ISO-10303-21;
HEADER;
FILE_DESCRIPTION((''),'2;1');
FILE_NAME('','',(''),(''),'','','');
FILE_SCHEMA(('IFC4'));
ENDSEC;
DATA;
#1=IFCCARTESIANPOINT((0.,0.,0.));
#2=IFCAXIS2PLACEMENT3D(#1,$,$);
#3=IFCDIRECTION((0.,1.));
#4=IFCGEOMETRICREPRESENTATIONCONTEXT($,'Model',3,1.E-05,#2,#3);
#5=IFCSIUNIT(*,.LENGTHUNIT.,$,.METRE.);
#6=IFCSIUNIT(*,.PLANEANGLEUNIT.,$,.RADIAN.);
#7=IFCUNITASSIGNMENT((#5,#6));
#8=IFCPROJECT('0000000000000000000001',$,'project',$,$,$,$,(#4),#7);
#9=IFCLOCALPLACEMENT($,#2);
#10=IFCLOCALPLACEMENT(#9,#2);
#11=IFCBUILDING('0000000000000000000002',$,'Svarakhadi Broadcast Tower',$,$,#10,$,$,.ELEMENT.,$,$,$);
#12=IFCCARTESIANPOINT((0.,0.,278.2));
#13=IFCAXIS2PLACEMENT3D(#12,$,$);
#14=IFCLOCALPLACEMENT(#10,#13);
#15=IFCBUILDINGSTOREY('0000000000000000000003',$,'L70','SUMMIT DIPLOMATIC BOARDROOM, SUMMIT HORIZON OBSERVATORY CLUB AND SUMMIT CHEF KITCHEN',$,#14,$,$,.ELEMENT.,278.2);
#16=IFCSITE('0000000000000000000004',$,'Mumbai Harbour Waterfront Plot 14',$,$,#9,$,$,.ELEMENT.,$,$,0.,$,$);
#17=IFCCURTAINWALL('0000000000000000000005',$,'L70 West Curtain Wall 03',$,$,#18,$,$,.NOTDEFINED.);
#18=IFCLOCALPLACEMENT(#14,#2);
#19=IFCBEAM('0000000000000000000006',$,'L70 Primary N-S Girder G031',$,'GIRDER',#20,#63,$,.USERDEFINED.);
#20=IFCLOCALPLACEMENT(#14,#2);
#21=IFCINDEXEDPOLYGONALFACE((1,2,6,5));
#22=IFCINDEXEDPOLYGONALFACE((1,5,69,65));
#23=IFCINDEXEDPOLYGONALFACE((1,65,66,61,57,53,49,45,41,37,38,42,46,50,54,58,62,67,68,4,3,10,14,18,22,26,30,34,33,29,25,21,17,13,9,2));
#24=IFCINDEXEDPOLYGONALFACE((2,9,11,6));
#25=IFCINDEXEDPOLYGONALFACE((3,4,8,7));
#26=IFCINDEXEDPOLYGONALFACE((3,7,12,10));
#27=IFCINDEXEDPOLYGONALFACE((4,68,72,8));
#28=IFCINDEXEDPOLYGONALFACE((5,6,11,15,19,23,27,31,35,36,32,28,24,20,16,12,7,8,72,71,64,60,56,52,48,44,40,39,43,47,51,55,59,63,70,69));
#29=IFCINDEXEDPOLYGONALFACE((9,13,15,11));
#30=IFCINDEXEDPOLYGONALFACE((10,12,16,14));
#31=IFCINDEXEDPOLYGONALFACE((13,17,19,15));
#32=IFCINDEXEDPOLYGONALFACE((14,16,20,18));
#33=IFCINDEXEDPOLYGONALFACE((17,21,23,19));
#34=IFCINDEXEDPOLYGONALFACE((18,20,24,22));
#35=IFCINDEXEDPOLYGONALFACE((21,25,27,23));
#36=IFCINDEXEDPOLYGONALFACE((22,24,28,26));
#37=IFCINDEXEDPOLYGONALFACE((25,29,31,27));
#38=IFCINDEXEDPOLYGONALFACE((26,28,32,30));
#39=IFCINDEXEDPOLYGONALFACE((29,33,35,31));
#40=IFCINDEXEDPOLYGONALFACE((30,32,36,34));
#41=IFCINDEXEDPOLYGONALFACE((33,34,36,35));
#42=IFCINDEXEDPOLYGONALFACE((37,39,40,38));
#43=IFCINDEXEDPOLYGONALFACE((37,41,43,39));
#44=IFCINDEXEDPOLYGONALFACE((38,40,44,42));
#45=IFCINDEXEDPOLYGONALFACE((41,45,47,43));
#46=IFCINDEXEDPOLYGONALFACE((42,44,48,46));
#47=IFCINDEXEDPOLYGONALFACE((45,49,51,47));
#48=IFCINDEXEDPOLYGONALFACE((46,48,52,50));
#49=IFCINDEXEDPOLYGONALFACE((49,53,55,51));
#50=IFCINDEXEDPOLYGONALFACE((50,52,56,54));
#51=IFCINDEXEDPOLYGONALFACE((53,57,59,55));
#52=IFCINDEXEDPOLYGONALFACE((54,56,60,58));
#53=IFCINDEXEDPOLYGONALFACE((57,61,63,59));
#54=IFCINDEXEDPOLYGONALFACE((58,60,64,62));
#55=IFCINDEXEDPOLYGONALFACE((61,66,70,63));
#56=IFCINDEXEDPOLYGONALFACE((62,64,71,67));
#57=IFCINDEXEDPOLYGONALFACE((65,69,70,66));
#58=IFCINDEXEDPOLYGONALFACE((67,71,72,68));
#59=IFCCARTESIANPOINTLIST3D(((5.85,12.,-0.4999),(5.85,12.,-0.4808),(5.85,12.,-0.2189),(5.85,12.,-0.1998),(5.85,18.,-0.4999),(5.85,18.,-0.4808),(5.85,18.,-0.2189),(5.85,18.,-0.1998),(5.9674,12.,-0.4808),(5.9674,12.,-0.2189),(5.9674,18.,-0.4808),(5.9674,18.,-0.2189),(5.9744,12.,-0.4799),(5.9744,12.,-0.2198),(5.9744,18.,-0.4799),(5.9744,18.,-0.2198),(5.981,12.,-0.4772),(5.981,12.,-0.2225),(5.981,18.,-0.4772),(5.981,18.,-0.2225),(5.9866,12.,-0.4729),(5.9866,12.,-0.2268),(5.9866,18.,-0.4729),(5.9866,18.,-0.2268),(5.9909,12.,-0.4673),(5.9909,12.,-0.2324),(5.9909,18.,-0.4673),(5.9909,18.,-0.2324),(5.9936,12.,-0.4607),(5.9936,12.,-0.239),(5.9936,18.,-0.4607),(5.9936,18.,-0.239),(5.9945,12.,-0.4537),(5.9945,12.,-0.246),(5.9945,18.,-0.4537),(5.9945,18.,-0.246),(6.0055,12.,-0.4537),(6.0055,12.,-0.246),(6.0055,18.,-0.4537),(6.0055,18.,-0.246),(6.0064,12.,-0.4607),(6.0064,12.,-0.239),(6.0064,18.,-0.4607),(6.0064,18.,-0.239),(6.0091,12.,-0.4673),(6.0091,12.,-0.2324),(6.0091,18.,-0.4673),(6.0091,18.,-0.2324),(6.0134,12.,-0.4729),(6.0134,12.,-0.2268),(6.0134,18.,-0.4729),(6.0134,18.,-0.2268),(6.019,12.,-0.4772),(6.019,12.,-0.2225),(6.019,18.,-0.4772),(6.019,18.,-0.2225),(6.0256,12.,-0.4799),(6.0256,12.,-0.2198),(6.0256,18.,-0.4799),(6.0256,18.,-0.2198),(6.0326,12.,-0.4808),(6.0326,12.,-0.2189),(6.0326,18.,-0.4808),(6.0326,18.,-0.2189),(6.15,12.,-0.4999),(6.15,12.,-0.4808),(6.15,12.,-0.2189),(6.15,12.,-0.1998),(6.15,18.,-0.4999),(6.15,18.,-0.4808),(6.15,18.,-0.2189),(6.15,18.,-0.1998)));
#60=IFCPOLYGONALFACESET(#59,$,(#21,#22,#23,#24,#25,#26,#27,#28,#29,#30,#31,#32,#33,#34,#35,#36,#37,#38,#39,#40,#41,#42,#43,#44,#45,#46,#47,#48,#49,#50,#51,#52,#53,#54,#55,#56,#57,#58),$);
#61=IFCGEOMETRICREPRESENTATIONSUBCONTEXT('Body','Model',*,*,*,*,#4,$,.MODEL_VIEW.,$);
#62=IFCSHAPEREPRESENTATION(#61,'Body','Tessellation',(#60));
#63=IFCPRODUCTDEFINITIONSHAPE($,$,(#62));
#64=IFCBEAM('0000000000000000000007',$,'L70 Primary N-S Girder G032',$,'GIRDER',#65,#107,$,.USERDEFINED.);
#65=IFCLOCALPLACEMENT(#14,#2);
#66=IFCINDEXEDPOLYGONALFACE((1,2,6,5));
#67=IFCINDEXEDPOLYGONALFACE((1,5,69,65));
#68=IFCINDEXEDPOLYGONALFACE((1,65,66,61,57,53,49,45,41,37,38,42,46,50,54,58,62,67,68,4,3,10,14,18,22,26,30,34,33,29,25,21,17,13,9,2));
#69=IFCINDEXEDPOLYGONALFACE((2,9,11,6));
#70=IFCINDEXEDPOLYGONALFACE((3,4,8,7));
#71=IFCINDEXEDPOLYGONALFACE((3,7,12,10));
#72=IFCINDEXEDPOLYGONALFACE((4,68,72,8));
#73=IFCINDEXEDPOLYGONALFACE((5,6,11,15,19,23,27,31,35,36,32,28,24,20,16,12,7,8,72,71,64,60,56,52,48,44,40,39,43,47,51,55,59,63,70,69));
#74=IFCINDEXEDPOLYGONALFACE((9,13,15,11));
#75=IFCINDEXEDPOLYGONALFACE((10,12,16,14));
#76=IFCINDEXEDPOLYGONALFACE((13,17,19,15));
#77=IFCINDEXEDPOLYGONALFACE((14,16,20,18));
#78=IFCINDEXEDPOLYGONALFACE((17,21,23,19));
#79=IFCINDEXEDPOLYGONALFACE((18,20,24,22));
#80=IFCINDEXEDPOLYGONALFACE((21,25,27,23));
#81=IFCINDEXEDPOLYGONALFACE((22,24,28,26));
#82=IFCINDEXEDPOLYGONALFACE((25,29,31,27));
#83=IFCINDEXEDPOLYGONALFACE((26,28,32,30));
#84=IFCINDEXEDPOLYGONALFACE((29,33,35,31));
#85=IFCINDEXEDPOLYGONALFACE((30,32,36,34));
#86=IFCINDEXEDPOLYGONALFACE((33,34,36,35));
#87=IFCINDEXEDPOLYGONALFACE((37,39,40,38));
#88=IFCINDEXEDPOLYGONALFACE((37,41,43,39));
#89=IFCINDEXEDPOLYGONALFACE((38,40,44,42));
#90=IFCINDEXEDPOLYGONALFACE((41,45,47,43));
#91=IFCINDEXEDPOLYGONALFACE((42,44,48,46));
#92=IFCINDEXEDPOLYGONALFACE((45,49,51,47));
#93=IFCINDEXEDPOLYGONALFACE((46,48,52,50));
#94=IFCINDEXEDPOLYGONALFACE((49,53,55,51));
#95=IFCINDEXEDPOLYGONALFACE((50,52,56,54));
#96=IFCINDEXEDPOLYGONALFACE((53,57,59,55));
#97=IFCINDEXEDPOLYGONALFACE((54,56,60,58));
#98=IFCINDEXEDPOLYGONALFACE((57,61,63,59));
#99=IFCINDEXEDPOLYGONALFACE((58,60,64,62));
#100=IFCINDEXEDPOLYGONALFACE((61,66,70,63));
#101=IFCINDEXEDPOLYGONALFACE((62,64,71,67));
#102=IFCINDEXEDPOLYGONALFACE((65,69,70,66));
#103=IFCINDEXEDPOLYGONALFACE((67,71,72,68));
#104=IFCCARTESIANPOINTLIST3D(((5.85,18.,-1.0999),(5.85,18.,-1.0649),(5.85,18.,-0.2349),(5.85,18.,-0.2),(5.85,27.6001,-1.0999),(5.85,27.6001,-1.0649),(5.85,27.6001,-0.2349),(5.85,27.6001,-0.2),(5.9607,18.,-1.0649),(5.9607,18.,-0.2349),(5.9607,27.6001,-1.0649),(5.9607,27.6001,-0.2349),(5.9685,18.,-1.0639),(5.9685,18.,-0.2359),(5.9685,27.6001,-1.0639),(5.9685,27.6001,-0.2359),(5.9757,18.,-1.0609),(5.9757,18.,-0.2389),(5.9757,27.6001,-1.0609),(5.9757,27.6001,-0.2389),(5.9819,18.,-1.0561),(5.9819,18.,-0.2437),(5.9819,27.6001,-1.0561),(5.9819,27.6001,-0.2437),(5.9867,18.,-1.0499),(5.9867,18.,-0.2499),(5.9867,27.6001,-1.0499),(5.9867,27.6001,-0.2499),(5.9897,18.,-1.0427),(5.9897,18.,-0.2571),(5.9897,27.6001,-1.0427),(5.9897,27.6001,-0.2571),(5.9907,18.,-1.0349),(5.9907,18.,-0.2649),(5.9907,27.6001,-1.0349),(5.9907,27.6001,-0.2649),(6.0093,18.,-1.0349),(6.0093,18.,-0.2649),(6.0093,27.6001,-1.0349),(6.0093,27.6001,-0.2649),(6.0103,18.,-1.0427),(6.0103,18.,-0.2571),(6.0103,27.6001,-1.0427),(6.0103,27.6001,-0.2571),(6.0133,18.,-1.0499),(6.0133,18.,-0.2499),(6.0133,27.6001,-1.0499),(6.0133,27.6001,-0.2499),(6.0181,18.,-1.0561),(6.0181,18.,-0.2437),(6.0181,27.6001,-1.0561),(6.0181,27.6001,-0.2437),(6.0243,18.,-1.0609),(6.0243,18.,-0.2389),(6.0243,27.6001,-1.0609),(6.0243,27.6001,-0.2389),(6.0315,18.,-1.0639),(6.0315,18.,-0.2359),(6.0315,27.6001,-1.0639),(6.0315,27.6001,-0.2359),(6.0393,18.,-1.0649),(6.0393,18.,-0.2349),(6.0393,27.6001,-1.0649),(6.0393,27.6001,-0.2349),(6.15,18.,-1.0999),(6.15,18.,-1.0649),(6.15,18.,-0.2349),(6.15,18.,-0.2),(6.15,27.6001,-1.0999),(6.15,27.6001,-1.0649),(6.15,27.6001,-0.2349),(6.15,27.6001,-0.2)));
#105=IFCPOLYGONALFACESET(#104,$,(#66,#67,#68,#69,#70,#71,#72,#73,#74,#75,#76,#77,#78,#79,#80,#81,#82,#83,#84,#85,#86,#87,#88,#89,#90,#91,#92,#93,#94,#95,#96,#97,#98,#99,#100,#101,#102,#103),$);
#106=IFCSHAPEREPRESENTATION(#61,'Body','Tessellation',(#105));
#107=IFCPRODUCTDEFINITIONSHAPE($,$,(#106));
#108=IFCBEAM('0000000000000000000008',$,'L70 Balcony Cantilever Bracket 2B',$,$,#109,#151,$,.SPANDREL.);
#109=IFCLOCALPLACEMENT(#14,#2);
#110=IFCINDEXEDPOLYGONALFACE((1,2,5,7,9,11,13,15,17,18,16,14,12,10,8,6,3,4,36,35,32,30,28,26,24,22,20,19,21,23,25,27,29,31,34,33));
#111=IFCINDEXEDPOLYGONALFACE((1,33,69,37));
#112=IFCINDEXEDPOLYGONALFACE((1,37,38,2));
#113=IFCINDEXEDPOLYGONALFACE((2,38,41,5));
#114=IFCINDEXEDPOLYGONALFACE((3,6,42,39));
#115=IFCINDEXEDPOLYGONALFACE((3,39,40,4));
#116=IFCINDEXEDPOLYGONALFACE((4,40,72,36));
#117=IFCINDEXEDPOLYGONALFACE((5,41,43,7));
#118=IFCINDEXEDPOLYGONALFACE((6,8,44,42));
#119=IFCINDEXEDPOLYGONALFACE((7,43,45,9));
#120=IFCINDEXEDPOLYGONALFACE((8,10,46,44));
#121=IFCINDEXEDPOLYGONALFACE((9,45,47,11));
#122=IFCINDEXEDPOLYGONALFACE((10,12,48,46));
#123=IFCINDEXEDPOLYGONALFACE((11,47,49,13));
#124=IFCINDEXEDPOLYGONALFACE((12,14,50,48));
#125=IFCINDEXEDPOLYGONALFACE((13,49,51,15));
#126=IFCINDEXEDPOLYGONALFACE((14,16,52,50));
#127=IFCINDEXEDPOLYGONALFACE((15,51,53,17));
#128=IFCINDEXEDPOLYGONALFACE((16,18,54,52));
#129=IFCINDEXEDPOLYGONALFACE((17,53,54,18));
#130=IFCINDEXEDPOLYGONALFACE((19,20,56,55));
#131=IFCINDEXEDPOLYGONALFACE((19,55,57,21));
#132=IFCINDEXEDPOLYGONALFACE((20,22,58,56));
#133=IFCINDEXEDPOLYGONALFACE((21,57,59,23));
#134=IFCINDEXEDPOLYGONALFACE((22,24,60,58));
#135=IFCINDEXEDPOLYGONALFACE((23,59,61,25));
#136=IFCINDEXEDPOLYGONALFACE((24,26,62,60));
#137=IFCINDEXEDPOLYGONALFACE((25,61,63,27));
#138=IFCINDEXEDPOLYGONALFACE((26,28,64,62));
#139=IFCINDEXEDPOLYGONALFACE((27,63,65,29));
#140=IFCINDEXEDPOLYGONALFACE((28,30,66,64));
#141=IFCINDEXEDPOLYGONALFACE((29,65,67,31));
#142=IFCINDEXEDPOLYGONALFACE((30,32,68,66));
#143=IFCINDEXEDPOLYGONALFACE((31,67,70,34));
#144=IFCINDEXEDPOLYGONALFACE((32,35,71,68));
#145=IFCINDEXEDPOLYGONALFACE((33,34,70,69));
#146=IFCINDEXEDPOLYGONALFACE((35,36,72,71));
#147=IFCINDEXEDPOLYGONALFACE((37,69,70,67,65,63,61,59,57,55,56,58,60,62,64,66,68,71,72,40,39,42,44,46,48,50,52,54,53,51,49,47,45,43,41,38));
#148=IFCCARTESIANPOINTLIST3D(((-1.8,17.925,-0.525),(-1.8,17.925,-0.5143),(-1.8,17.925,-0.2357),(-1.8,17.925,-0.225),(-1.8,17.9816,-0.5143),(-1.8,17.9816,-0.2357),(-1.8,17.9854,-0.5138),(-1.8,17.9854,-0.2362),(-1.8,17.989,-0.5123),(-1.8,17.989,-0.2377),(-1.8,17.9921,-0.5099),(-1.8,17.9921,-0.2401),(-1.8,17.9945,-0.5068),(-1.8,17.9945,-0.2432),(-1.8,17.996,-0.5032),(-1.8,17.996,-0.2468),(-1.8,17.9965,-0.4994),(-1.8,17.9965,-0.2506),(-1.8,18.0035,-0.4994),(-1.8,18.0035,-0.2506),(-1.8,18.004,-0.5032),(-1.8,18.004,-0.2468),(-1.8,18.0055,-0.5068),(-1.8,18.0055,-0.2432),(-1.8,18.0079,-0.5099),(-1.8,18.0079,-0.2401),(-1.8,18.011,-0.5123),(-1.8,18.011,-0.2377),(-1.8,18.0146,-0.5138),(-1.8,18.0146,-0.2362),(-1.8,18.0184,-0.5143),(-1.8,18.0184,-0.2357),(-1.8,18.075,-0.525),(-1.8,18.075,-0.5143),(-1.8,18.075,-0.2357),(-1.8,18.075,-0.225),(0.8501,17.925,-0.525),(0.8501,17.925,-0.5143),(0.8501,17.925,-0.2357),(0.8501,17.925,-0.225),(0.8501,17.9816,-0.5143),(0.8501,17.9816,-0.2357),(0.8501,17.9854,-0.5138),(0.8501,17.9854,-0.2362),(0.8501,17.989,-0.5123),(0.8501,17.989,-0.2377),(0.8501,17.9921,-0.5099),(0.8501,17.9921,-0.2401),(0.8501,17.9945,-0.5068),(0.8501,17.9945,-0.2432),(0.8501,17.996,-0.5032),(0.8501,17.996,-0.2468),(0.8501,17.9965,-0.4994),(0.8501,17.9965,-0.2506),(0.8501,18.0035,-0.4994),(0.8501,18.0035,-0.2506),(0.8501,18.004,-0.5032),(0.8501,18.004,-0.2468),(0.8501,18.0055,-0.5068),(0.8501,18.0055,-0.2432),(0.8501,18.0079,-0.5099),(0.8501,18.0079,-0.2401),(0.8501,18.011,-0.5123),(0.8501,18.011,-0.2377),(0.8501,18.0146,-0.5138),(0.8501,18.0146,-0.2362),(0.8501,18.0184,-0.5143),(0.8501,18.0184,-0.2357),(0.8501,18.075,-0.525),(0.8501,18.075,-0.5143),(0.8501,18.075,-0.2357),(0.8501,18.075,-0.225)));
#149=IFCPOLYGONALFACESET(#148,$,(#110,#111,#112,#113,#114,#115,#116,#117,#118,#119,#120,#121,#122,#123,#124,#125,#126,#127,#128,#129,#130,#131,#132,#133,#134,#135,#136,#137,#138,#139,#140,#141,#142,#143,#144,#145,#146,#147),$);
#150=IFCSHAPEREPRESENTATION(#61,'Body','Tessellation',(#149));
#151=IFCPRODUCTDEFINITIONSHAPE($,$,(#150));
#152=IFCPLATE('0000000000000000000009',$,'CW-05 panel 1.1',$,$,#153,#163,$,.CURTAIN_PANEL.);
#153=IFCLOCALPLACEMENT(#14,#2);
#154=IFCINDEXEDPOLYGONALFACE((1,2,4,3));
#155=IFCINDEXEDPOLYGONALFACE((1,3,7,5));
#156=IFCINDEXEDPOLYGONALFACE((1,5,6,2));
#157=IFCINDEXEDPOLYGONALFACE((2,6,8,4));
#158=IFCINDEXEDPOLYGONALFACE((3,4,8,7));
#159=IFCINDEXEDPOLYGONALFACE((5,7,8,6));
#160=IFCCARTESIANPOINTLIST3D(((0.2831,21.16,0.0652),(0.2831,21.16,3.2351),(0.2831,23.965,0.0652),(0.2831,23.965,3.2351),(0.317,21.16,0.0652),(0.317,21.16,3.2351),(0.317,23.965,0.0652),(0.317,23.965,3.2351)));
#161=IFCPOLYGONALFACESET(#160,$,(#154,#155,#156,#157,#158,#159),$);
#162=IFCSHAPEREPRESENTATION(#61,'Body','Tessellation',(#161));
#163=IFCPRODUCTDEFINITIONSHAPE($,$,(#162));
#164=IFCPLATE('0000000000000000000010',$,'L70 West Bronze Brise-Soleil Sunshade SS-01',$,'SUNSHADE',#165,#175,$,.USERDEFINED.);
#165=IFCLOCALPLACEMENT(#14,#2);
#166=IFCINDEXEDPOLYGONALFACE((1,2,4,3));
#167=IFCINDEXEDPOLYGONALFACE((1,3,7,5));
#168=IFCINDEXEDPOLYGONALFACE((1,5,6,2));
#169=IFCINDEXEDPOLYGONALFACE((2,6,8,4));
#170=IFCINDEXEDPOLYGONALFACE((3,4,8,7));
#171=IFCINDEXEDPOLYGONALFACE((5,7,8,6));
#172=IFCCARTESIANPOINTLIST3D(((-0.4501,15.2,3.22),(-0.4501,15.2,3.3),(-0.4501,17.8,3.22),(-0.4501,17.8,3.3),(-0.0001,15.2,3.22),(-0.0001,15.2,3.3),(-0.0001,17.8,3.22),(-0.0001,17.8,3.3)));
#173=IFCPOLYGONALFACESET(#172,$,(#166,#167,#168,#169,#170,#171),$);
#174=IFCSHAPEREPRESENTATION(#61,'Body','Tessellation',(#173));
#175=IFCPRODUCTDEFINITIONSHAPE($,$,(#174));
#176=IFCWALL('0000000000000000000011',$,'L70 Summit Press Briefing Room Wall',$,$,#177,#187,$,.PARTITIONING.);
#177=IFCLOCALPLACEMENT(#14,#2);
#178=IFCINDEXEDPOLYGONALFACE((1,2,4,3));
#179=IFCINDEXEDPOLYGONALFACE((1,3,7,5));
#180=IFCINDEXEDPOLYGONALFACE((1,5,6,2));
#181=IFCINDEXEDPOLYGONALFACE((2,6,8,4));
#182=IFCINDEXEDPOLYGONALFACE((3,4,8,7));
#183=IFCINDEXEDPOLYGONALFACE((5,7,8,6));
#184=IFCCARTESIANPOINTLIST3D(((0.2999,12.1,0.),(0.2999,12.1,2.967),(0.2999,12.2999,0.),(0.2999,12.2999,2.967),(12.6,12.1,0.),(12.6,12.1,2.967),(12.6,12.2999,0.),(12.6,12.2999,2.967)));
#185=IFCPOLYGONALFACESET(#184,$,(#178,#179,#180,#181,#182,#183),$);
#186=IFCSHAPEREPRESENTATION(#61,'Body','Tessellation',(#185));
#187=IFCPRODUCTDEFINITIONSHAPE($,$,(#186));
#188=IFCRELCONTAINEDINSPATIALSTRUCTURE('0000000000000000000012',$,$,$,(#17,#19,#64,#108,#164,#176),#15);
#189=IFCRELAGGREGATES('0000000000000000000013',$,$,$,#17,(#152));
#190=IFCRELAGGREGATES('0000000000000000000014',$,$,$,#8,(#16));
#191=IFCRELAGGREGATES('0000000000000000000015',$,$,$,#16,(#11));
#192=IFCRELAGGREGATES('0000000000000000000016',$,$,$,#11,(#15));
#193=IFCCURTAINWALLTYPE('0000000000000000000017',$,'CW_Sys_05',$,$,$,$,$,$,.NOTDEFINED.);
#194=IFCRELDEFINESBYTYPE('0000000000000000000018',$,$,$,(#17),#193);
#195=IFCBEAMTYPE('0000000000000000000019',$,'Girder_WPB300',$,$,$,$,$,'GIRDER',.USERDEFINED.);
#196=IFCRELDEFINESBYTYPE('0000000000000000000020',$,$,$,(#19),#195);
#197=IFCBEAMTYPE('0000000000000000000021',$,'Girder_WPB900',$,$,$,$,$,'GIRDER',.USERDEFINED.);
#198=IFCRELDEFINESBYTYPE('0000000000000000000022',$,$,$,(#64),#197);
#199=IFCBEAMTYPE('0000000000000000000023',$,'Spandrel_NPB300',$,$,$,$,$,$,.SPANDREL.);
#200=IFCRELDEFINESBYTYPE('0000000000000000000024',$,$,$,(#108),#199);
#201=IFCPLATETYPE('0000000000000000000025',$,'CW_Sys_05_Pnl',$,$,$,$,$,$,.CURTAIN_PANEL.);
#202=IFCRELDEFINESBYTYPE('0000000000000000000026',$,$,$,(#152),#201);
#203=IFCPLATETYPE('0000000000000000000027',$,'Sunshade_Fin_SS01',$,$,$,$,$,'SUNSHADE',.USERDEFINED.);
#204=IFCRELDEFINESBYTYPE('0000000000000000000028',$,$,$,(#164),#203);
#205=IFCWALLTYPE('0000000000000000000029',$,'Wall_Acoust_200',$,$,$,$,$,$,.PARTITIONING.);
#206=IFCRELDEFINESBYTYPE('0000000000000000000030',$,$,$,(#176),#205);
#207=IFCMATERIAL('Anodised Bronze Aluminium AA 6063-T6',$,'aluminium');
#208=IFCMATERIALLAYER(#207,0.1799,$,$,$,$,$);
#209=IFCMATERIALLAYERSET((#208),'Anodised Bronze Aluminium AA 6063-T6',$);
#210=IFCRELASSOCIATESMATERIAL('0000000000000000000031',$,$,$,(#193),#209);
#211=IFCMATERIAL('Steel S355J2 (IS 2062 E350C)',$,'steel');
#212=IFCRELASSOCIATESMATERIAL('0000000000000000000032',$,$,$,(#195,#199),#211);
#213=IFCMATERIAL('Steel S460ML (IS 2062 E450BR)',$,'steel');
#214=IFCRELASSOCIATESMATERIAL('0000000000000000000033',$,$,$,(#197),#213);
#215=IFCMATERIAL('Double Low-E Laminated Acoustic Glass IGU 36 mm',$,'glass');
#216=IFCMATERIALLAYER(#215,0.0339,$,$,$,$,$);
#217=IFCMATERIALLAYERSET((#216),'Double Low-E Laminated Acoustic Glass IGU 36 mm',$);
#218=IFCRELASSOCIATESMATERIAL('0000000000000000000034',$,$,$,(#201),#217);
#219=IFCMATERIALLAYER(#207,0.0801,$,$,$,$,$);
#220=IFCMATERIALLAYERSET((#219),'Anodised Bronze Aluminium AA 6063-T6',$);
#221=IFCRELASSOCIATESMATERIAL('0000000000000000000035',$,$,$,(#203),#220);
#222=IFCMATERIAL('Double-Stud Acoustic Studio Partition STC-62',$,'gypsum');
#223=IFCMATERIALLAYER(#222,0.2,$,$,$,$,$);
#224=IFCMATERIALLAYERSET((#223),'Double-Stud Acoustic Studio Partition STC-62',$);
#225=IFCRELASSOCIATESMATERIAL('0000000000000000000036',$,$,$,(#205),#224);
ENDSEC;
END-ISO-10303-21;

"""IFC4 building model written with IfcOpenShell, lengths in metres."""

from ifc_helpers import new_model, si_unit, direction, frame, frame_2d, origin, origin_2d, place, context, subcontext, project, spatial, rectangle, i_section, extrude, material, layer, layer_set, material_profile, profile_set, type_object, element, aggregate, save


model = new_model("IFC4")

# Units and contexts
model_context = context("Model", 3, precision=1e-05, world=origin(), true_north=direction((0.0, 1.0)))
body_context = subcontext(model_context, "Body", "Model", "MODEL_VIEW")
ifc_project = project(units=[si_unit("LENGTHUNIT", "METRE"), si_unit("PLANEANGLEUNIT", "RADIAN")], contexts=[model_context])

# Site, building, storey
site_placement = place(None, origin())
site = spatial("IfcSite", under=ifc_project, at=site_placement, Name="Mumbai Harbour Waterfront Plot 14", CompositionType="ELEMENT", RefElevation=0.0)
building_placement = place(site_placement, origin())
building = spatial("IfcBuilding", under=site, at=building_placement, Name="Svarakhadi Broadcast Tower", CompositionType="ELEMENT")
storey_placement = place(building_placement, frame((0.0, 0.0, 278.2)))
storey = spatial("IfcBuildingStorey", under=building, at=storey_placement, Name="L70", Description="SUMMIT DIPLOMATIC BOARDROOM, SUMMIT HORIZON OBSERVATORY CLUB AND SUMMIT CHEF KITCHEN", CompositionType="ELEMENT", Elevation=278.2)

# Shared definitions
ifc_material_1 = material(Name="Steel S460ML (IS 2062 E450BR)", Category="steel")

# Shared definitions
ifc_material_2 = material(Name="Steel S355J2 (IS 2062 E350C)", Category="steel")

# Curtain wall
ifc_material_3 = material(Name="Anodised Bronze Aluminium AA 6063-T6", Category="aluminium")
ifc_layer_1 = layer(ifc_material_3, 0.1799)
ifc_layer_set_1 = layer_set([ifc_layer_1], Name="Anodised Bronze Aluminium AA 6063-T6")
curtain_wall_type = type_object("IfcCurtainWallType", Name="CW_Sys_05", PredefinedType="NOTDEFINED", material=ifc_layer_set_1)
curtain_wall_placement = place(storey_placement, origin())
curtain_wall = element("IfcCurtainWall", 1, at=curtain_wall_placement, inside=storey, type_object=curtain_wall_type, Name="L70 West Curtain Wall 03", PredefinedType="NOTDEFINED")

# Beams
ifc_material_profile_1 = material_profile(ifc_material_2, i_section(OverallWidth=0.3, OverallDepth=0.3, WebThickness=0.011, FlangeThickness=0.019, FilletRadius=0.0271, at=origin_2d()), Name="WPB 300x300x117")
ifc_profile_set_1 = profile_set([ifc_material_profile_1], Name="Steel S355J2 (IS 2062 E350C)")
beam_type_1 = type_object("IfcBeamType", Name="Girder_WPB300", ElementType="GIRDER", PredefinedType="USERDEFINED", material=ifc_profile_set_1)
for number, where, z_axis, x_axis, name in (
    (2, (6.0, 12.0, -0.3499), (0.0, 1.0, 0.0), (-1.0, 0.0, 0.0), "L70 Primary N-S Girder G031"),
):
    element("IfcBeam", number, at=place(storey_placement, frame(where, z_axis=z_axis, x_axis=x_axis)), inside=storey, type_object=beam_type_1, Name=name, ObjectType="GIRDER", PredefinedType="USERDEFINED", context=body_context, shape_type="SweptSolid", body=[
        extrude(i_section(OverallWidth=0.3, OverallDepth=0.3, WebThickness=0.011, FlangeThickness=0.019, FilletRadius=0.0271, at=origin_2d()), origin(), (0.0, 0.0, 1.0), 6.0),
    ])
ifc_material_profile_2 = material_profile(ifc_material_1, i_section(OverallWidth=0.3, OverallDepth=0.8999, WebThickness=0.0186, FlangeThickness=0.0349, FilletRadius=0.03, at=origin_2d()), Name="WPB 900x300x291")
ifc_profile_set_2 = profile_set([ifc_material_profile_2], Name="Steel S460ML (IS 2062 E450BR)")
beam_type_2 = type_object("IfcBeamType", Name="Girder_WPB900", ElementType="GIRDER", PredefinedType="USERDEFINED", material=ifc_profile_set_2)
beam_1_placement = place(storey_placement, frame((6.0, 18.0, -0.6499), z_axis=(0.0, 1.0, 0.0), x_axis=(-1.0, 0.0, 0.0)))
element("IfcBeam", 3, at=beam_1_placement, inside=storey, type_object=beam_type_2, Name="L70 Primary N-S Girder G032", ObjectType="GIRDER", PredefinedType="USERDEFINED", context=body_context, shape_type="SweptSolid", body=[
    extrude(i_section(OverallWidth=0.3, OverallDepth=0.8999, WebThickness=0.0186, FlangeThickness=0.0349, FilletRadius=0.03, at=origin_2d()), origin(), (0.0, 0.0, 1.0), 9.6001),
])
ifc_material_profile_3 = material_profile(ifc_material_2, i_section(OverallWidth=0.1499, OverallDepth=0.3, WebThickness=0.0071, FlangeThickness=0.0107, FilletRadius=0.0149, at=origin_2d()), Name="NPB 300x150x37")
ifc_profile_set_3 = profile_set([ifc_material_profile_3], Name="Steel S355J2 (IS 2062 E350C)")
beam_type_3 = type_object("IfcBeamType", Name="Spandrel_NPB300", PredefinedType="SPANDREL", material=ifc_profile_set_3)
beam_2_placement = place(storey_placement, frame((0.8501, 18.0, -0.375), z_axis=(-1.0, 0.0, 0.0), x_axis=(0.0, -1.0, 0.0)))
element("IfcBeam", 4, at=beam_2_placement, inside=storey, type_object=beam_type_3, Name="L70 Balcony Cantilever Bracket 2B", PredefinedType="SPANDREL", context=body_context, shape_type="SweptSolid", body=[
    extrude(i_section(OverallWidth=0.1499, OverallDepth=0.3, WebThickness=0.0071, FlangeThickness=0.0107, FilletRadius=0.0149, at=origin_2d()), origin(), (0.0, 0.0, 1.0), 2.6501),
])

# Plates
ifc_material_4 = material(Name="Double Low-E Laminated Acoustic Glass IGU 36 mm", Category="glass")
ifc_layer_2 = layer(ifc_material_4, 0.0339)
ifc_layer_set_2 = layer_set([ifc_layer_2], Name="Double Low-E Laminated Acoustic Glass IGU 36 mm")
plate_type_1 = type_object("IfcPlateType", Name="CW_Sys_05_Pnl", PredefinedType="CURTAIN_PANEL", material=ifc_layer_set_2)
plate_1_placement = place(storey_placement, frame((0.3, 22.5625, 0.0652), z_axis=(0.0, 0.0, 1.0), x_axis=(0.0, 1.0, 0.0)))
plate_1 = element("IfcPlate", 5, at=plate_1_placement, type_object=plate_type_1, Name="CW-05 panel 1.1", PredefinedType="CURTAIN_PANEL", context=body_context, shape_type="SweptSolid", body=[
    extrude(rectangle(XDim=2.8049, YDim=0.0339, at=origin_2d()), origin(), (0.0, 0.0, 1.0), 3.1699),
])
aggregate(curtain_wall, [plate_1])
ifc_layer_3 = layer(ifc_material_3, 0.0801)
ifc_layer_set_3 = layer_set([ifc_layer_3], Name="Anodised Bronze Aluminium AA 6063-T6")
plate_type_2 = type_object("IfcPlateType", Name="Sunshade_Fin_SS01", ElementType="SUNSHADE", PredefinedType="USERDEFINED", material=ifc_layer_set_3)
plate_2_placement = place(storey_placement, frame((-0.2251, 16.5, 3.22), z_axis=(0.0, 0.0, 1.0), x_axis=(0.0, 1.0, 0.0)))
element("IfcPlate", 6, at=plate_2_placement, inside=storey, type_object=plate_type_2, Name="L70 West Bronze Brise-Soleil Sunshade SS-01", ObjectType="SUNSHADE", PredefinedType="USERDEFINED", context=body_context, shape_type="SweptSolid", body=[
    extrude(rectangle(XDim=2.6001, YDim=0.45, at=origin_2d()), origin(), (0.0, 0.0, 1.0), 0.0801),
])

# Wall
ifc_material_5 = material(Name="Double-Stud Acoustic Studio Partition STC-62", Category="gypsum")
ifc_layer_4 = layer(ifc_material_5, 0.2)
ifc_layer_set_4 = layer_set([ifc_layer_4], Name="Double-Stud Acoustic Studio Partition STC-62")
wall_type_1 = type_object("IfcWallType", Name="Wall_Acoust_200", PredefinedType="PARTITIONING", material=ifc_layer_set_4)
wall_1_placement = place(storey_placement, frame((0.3, 12.2, 0.0), z_axis=(0.0, 0.0, 1.0), x_axis=(1.0, 0.0, 0.0)))
element("IfcWall", 7, at=wall_1_placement, inside=storey, type_object=wall_type_1, Name="L70 Summit Press Briefing Room Wall", PredefinedType="PARTITIONING", context=body_context, shape_type="SweptSolid", body=[
    extrude(rectangle(XDim=12.3, YDim=0.2, at=frame_2d((6.1499, 0.0))), origin(), (0.0, 0.0, 1.0), 2.967),
])

save(model, "model.ifc")
